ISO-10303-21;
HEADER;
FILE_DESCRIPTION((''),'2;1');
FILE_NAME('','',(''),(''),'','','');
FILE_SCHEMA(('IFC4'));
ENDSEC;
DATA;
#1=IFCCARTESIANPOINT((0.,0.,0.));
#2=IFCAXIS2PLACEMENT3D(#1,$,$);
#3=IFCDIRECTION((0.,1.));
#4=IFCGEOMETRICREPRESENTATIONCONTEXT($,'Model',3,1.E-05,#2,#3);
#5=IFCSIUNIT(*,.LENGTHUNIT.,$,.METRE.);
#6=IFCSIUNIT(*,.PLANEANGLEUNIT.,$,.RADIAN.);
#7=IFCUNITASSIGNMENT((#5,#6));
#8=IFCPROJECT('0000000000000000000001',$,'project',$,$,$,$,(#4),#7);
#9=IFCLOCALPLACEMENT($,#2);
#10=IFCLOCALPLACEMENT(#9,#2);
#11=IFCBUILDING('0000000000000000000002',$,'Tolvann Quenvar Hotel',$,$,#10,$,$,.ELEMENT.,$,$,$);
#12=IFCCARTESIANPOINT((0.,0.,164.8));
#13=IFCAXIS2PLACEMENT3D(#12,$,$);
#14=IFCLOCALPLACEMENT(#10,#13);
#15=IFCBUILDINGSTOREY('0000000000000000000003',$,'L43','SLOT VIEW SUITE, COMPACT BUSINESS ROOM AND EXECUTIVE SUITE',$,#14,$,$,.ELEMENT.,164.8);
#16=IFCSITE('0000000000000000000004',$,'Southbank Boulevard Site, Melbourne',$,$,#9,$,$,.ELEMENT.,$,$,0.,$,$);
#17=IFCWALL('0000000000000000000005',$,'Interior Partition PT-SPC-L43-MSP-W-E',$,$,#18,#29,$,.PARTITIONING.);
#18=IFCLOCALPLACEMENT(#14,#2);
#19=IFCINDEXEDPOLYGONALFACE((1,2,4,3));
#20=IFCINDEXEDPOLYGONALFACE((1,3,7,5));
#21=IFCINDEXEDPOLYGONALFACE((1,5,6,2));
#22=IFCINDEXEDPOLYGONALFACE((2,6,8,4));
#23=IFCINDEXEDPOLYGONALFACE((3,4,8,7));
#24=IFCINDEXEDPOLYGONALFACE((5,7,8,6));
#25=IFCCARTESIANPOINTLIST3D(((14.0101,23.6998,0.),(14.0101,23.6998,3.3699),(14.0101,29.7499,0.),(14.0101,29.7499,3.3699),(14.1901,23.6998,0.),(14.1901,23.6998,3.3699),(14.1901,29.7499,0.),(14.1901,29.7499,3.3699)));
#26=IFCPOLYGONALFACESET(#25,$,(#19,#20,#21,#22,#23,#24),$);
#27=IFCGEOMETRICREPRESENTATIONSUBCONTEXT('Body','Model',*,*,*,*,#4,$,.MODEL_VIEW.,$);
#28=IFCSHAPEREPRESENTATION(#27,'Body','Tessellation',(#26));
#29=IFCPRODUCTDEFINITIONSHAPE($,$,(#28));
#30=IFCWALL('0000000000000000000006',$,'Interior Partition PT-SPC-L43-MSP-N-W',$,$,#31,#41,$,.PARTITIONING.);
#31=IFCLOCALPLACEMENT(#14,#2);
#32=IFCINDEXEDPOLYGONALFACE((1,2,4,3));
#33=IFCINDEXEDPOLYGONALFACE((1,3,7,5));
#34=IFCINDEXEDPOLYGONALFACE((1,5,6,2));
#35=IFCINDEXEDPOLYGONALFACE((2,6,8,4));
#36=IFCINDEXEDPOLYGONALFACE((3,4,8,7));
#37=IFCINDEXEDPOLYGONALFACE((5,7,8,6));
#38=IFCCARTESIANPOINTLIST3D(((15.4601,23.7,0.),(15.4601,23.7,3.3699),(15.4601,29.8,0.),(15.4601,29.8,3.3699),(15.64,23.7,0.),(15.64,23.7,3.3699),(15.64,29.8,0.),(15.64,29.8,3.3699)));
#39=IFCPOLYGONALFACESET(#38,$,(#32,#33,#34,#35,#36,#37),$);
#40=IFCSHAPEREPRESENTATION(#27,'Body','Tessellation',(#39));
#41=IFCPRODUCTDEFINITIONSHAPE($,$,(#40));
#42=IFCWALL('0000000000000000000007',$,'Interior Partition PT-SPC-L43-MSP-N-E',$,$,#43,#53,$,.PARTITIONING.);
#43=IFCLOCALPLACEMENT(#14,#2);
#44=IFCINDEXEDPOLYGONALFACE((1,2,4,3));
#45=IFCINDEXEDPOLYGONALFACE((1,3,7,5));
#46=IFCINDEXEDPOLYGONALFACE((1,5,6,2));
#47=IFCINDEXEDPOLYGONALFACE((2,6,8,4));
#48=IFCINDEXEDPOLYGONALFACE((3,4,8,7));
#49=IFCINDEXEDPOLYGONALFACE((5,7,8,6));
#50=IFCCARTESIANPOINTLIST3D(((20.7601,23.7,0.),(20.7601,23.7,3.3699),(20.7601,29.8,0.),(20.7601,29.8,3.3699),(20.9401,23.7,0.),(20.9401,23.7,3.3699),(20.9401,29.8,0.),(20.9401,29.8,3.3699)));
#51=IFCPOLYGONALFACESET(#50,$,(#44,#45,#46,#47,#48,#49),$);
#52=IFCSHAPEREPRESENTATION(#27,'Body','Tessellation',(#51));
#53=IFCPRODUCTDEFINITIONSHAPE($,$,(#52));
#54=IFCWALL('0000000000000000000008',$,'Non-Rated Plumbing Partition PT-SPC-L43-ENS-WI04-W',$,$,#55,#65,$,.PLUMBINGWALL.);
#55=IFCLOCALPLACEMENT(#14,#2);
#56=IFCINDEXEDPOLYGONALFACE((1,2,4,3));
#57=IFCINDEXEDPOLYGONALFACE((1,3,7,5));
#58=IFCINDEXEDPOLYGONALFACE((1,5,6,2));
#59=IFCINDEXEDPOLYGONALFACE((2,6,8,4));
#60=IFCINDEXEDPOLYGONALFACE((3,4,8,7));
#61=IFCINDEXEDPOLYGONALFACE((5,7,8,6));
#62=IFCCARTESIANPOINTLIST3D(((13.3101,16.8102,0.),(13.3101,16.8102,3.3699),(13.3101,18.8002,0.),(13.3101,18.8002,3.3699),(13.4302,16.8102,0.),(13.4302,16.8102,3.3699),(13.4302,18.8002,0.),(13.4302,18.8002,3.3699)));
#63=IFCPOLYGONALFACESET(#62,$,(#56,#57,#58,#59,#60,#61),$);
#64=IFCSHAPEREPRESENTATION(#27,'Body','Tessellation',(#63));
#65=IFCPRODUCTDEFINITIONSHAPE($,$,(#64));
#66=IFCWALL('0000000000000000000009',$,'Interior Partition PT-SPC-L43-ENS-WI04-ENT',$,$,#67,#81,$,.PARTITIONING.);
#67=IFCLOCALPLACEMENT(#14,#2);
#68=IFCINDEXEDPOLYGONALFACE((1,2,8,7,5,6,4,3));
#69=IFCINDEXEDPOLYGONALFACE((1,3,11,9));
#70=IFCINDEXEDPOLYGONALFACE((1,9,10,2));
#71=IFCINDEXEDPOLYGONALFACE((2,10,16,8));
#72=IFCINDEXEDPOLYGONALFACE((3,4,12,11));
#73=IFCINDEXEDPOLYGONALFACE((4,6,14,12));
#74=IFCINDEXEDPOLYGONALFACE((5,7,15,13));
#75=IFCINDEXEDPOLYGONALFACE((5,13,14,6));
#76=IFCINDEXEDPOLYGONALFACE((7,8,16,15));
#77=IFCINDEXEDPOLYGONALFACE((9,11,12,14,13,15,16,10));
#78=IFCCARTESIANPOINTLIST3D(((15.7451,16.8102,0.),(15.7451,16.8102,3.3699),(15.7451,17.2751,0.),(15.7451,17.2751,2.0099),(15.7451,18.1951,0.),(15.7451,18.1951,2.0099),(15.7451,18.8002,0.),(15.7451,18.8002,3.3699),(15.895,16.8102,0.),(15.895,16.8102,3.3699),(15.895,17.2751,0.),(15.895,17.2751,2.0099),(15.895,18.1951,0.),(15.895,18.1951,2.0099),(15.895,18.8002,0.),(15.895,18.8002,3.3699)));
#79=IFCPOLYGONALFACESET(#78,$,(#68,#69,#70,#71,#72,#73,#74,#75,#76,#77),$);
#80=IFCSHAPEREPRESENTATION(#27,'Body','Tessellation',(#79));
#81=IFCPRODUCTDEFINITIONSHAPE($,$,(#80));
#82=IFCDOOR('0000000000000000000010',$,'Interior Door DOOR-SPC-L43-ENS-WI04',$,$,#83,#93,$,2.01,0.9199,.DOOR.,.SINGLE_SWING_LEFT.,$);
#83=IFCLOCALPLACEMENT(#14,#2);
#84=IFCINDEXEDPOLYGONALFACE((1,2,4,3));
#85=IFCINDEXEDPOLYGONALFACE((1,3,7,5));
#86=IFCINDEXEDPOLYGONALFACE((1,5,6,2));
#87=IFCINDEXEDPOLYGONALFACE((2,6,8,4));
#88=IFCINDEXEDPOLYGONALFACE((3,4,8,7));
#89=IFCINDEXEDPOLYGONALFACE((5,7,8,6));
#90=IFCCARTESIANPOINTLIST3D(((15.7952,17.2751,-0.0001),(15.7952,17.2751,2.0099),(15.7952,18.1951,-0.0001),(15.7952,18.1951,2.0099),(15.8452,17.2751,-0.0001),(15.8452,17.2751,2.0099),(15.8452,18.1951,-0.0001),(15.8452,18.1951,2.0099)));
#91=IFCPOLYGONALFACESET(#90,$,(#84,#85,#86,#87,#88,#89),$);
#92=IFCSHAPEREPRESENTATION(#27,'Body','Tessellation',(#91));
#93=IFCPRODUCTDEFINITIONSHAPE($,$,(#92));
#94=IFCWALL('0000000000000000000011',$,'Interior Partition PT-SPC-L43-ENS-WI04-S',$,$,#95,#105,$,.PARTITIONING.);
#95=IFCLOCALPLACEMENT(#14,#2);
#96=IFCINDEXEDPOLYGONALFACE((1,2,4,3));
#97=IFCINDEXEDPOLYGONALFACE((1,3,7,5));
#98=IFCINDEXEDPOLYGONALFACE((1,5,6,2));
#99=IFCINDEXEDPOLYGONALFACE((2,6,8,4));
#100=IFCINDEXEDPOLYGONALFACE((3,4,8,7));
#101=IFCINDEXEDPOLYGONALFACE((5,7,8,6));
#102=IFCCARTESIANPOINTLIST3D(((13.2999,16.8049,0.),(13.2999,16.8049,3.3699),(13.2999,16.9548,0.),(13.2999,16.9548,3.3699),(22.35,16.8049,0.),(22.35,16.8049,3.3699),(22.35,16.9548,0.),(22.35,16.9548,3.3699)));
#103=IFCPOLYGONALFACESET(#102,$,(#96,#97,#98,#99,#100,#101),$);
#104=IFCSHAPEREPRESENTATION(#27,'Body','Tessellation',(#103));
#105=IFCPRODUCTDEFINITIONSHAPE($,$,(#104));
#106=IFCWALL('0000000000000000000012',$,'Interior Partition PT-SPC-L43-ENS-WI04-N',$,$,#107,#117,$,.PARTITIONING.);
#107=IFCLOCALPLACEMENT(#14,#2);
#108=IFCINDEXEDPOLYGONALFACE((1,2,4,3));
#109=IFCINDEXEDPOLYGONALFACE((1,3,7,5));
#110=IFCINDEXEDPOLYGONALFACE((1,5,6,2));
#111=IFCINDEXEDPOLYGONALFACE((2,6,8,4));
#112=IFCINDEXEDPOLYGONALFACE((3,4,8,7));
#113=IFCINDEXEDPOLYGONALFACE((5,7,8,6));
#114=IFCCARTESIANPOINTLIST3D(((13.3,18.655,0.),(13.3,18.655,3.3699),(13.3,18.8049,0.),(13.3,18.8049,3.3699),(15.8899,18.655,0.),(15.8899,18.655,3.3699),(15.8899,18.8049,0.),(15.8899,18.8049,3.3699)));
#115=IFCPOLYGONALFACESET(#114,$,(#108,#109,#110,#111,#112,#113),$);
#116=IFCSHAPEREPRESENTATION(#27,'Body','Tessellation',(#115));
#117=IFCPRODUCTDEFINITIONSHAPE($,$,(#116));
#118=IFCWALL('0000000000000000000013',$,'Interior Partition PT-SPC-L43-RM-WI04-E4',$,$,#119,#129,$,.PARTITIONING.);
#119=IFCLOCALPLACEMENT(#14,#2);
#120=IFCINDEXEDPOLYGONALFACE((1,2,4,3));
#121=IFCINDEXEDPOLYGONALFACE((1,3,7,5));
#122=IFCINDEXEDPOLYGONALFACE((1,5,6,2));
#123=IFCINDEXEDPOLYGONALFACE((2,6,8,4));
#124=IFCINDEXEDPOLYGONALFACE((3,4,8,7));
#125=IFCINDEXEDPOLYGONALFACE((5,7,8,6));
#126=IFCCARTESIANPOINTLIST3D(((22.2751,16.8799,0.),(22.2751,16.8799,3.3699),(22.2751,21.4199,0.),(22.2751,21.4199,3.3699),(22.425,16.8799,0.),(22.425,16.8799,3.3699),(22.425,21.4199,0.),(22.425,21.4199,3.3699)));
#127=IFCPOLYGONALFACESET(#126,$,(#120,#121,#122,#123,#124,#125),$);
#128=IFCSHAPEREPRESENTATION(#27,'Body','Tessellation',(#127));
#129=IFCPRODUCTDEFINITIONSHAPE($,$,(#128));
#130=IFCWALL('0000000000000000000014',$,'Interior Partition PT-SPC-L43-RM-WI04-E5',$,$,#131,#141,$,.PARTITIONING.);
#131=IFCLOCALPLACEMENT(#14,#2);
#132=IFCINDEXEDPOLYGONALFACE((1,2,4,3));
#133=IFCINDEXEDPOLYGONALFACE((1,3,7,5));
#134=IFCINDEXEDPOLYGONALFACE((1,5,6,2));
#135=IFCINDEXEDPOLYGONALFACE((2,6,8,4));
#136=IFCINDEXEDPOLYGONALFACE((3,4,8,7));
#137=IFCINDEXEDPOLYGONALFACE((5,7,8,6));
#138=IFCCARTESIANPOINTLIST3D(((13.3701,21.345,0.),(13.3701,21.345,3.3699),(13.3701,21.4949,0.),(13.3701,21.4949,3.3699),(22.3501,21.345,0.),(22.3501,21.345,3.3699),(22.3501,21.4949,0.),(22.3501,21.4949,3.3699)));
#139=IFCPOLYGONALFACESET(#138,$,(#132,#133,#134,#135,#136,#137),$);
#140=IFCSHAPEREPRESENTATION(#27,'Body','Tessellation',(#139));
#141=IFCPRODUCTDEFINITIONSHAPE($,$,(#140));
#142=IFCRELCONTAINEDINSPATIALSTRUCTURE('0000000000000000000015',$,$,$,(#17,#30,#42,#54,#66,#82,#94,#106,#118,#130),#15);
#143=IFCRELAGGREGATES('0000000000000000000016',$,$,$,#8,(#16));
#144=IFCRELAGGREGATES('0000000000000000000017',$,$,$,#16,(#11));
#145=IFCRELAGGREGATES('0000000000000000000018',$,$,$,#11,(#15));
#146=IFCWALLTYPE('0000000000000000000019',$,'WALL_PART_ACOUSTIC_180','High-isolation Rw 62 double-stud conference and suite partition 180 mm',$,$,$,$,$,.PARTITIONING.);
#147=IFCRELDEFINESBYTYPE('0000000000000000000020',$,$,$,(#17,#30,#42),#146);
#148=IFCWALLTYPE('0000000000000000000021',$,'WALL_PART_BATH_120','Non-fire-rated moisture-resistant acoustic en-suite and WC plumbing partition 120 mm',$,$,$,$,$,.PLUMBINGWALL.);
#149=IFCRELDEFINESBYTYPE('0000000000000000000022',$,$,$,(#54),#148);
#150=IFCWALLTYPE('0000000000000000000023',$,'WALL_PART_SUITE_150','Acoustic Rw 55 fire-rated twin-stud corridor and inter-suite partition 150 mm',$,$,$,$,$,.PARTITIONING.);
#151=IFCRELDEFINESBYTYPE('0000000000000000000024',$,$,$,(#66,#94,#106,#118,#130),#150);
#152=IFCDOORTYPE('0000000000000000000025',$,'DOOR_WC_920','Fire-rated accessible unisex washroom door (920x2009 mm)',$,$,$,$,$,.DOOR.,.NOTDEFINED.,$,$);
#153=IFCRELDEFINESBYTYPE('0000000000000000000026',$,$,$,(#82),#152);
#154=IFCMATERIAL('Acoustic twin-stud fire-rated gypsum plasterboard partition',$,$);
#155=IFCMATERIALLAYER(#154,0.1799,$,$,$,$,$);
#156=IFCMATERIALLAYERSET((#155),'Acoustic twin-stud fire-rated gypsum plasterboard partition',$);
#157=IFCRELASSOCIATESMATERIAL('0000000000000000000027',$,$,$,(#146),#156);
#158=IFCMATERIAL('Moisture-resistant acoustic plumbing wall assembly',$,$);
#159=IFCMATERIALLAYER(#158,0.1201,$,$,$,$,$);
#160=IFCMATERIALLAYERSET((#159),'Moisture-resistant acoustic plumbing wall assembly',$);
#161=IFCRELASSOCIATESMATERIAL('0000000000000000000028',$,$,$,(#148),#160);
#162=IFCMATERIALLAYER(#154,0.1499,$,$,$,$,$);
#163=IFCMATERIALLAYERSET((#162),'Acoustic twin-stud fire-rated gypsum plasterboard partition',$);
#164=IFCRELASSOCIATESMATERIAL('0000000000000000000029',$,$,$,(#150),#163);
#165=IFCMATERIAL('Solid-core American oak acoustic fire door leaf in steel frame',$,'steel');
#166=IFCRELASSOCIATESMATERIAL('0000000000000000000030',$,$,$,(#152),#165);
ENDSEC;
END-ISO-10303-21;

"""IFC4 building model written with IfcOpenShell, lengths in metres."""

from ifc_helpers import new_model, si_unit, direction, frame, frame_2d, origin, place, context, subcontext, project, spatial, rectangle, extrude, source, transform, mapped, material, layer, layer_set, type_object, type_shapes, element, fill, save


model = new_model("IFC4")

# Units and contexts
model_context = context("Model", 3, precision=1e-05, world=origin(), true_north=direction((0.0, 1.0)))
body_context = subcontext(model_context, "Body", "Model", "MODEL_VIEW")
ifc_project = project(units=[si_unit("LENGTHUNIT", "METRE"), si_unit("PLANEANGLEUNIT", "RADIAN")], contexts=[model_context])

# Site, building, storey
site_placement = place(None, origin())
site = spatial("IfcSite", under=ifc_project, at=site_placement, Name="Southbank Boulevard Site, Melbourne", CompositionType="ELEMENT", RefElevation=0.0)
building_placement = place(site_placement, origin())
building = spatial("IfcBuilding", under=site, at=building_placement, Name="Tolvann Quenvar Hotel", CompositionType="ELEMENT")
storey_placement = place(building_placement, frame((0.0, 0.0, 164.8)))
storey = spatial("IfcBuildingStorey", under=building, at=storey_placement, Name="L43", Description="SLOT VIEW SUITE, COMPACT BUSINESS ROOM AND EXECUTIVE SUITE", CompositionType="ELEMENT", Elevation=164.8)

# Wall
ifc_material_1 = material(Name="Acoustic twin-stud fire-rated gypsum plasterboard partition")
ifc_layer_1 = layer(ifc_material_1, 0.1799)
ifc_layer_set_1 = layer_set([ifc_layer_1], Name="Acoustic twin-stud fire-rated gypsum plasterboard partition")
wall_type_1 = type_object("IfcWallType", Name="WALL_PART_ACOUSTIC_180", Description="High-isolation Rw 62 double-stud conference and suite partition 180 mm", PredefinedType="PARTITIONING", material=ifc_layer_set_1)
wall_1_placement = place(storey_placement, frame((14.1001, 23.7, 0.0), z_axis=(0.0, 0.0, 1.0), x_axis=(0.0, 1.0, 0.0)))
element("IfcWall", 1, at=wall_1_placement, inside=storey, type_object=wall_type_1, Name="Interior Partition PT-SPC-L43-MSP-W-E", PredefinedType="PARTITIONING", context=body_context, shape_type="SweptSolid", body=[
    extrude(rectangle(XDim=6.05, YDim=0.1799, at=frame_2d((3.0249, 0.0))), origin(), (0.0, 0.0, 1.0), 3.3699),
])

# Shared definitions
ifc_material_2 = material(Name="Solid-core American oak acoustic fire door leaf in steel frame", Category="steel")

# Walls
for number, where, z_axis, x_axis, name in (
    (2, (15.55, 23.7, 0.0), (0.0, 0.0, 1.0), (0.0, 1.0, 0.0), "Interior Partition PT-SPC-L43-MSP-N-W"),
    (3, (20.8501, 23.7, 0.0), (0.0, 0.0, 1.0), (0.0, 1.0, 0.0), "Interior Partition PT-SPC-L43-MSP-N-E"),
):
    element("IfcWall", number, at=place(storey_placement, frame(where, z_axis=z_axis, x_axis=x_axis)), inside=storey, type_object=wall_type_1, Name=name, PredefinedType="PARTITIONING", context=body_context, shape_type="SweptSolid", body=[
        extrude(rectangle(XDim=6.1001, YDim=0.1799, at=frame_2d((3.05, 0.0))), origin(), (0.0, 0.0, 1.0), 3.3699),
    ])
ifc_material_3 = material(Name="Moisture-resistant acoustic plumbing wall assembly")
ifc_layer_2 = layer(ifc_material_3, 0.1201)
ifc_layer_set_2 = layer_set([ifc_layer_2], Name="Moisture-resistant acoustic plumbing wall assembly")
wall_type_2 = type_object("IfcWallType", Name="WALL_PART_BATH_120", Description="Non-fire-rated moisture-resistant acoustic en-suite and WC plumbing partition 120 mm", PredefinedType="PLUMBINGWALL", material=ifc_layer_set_2)
wall_2_placement = place(storey_placement, frame((13.3701, 16.8101, 0.0), z_axis=(0.0, 0.0, 1.0), x_axis=(0.0, 1.0, 0.0)))
element("IfcWall", 4, at=wall_2_placement, inside=storey, type_object=wall_type_2, Name="Non-Rated Plumbing Partition PT-SPC-L43-ENS-WI04-W", PredefinedType="PLUMBINGWALL", context=body_context, shape_type="SweptSolid", body=[
    extrude(rectangle(XDim=1.99, YDim=0.1201, at=frame_2d((0.9951, 0.0))), origin(), (0.0, 0.0, 1.0), 3.3699),
])

# Wall, opening, door
ifc_layer_3 = layer(ifc_material_1, 0.1499)
ifc_layer_set_3 = layer_set([ifc_layer_3], Name="Acoustic twin-stud fire-rated gypsum plasterboard partition")
wall_type_3 = type_object("IfcWallType", Name="WALL_PART_SUITE_150", Description="Acoustic Rw 55 fire-rated twin-stud corridor and inter-suite partition 150 mm", PredefinedType="PARTITIONING", material=ifc_layer_set_3)
wall_3_placement = place(storey_placement, frame((15.8201, 16.8101, 0.0), z_axis=(0.0, 0.0, 1.0), x_axis=(0.0, 1.0, 0.0)))
wall_3 = element("IfcWall", 5, at=wall_3_placement, inside=storey, type_object=wall_type_3, Name="Interior Partition PT-SPC-L43-ENS-WI04-ENT", PredefinedType="PARTITIONING", context=body_context, shape_type="SweptSolid", body=[
    extrude(rectangle(XDim=1.99, YDim=0.1499, at=frame_2d((0.9951, 0.0))), origin(), (0.0, 0.0, 1.0), 3.3699),
])
opening_1_placement = place(wall_3_placement, frame((0.4651, 0.0, 0.0)))
opening_1 = element("IfcOpeningElement", 6, at=opening_1_placement, cuts=wall_3, PredefinedType="OPENING", context=body_context, shape_type="SweptSolid", body=[
    extrude(rectangle(XDim=0.9199, YDim=2.01, at=frame_2d((0.46, 1.0049))), frame((0.0, 0.085, 0.0), z_axis=(0.0, -1.0, 0.0), x_axis=(1.0, 0.0, 0.0)), (0.0, 0.0, 1.0), 0.1699),
])
door_type_1 = type_object("IfcDoorType", Name="DOOR_WC_920", Description="Fire-rated accessible unisex washroom door (920x2009 mm)", OperationType="NOTDEFINED", PredefinedType="DOOR", material=ifc_material_2)
shared_shape_1 = source(origin(), body_context, "Body", "SweptSolid", [
    extrude(rectangle(XDim=0.9199, YDim=2.01, at=frame_2d((0.46, 1.0049))), frame((0.0, 0.0249, 0.0), z_axis=(0.0, -1.0, 0.0), x_axis=(1.0, 0.0, 0.0)), (0.0, 0.0, 1.0), 0.05),
])
type_shapes(door_type_1, [shared_shape_1])
door_1_placement = place(opening_1_placement, origin())
door_1 = element("IfcDoor", 7, at=door_1_placement, inside=storey, type_object=door_type_1, Name="Interior Door DOOR-SPC-L43-ENS-WI04", OperationType="SINGLE_SWING_LEFT", OverallHeight=2.01, OverallWidth=0.9199, PredefinedType="DOOR", context=body_context, shape_type="MappedRepresentation", body=[
    mapped(shared_shape_1, transform((0.0, 0.0, 0.0), x_axis=(1.0, 0.0, 0.0), y_axis=(0.0, 1.0, 0.0), z_axis=(0.0, 0.0, 1.0), scale=1.0)),
])
fill(opening_1, door_1)

# Walls
wall_4_placement = place(storey_placement, frame((13.3, 16.8799, 0.0), z_axis=(0.0, 0.0, 1.0), x_axis=(1.0, 0.0, 0.0)))
element("IfcWall", 8, at=wall_4_placement, inside=storey, type_object=wall_type_3, Name="Interior Partition PT-SPC-L43-ENS-WI04-S", PredefinedType="PARTITIONING", context=body_context, shape_type="SweptSolid", body=[
    extrude(rectangle(XDim=9.05, YDim=0.1499, at=frame_2d((4.5249, 0.0))), origin(), (0.0, 0.0, 1.0), 3.3699),
])
wall_5_placement = place(storey_placement, frame((13.3, 18.73, 0.0), z_axis=(0.0, 0.0, 1.0), x_axis=(1.0, 0.0, 0.0)))
element("IfcWall", 9, at=wall_5_placement, inside=storey, type_object=wall_type_3, Name="Interior Partition PT-SPC-L43-ENS-WI04-N", PredefinedType="PARTITIONING", context=body_context, shape_type="SweptSolid", body=[
    extrude(rectangle(XDim=2.5898, YDim=0.1499, at=frame_2d((1.2949, 0.0))), origin(), (0.0, 0.0, 1.0), 3.3699),
])

# Walls
wall_6_placement = place(storey_placement, frame((22.3501, 16.8799, 0.0), z_axis=(0.0, 0.0, 1.0), x_axis=(0.0, 1.0, 0.0)))
element("IfcWall", 10, at=wall_6_placement, inside=storey, type_object=wall_type_3, Name="Interior Partition PT-SPC-L43-RM-WI04-E4", PredefinedType="PARTITIONING", context=body_context, shape_type="SweptSolid", body=[
    extrude(rectangle(XDim=4.54, YDim=0.1499, at=frame_2d((2.27, 0.0))), origin(), (0.0, 0.0, 1.0), 3.3699),
])
wall_7_placement = place(storey_placement, frame((13.3701, 21.4199, 0.0), z_axis=(0.0, 0.0, 1.0), x_axis=(1.0, 0.0, 0.0)))
element("IfcWall", 11, at=wall_7_placement, inside=storey, type_object=wall_type_3, Name="Interior Partition PT-SPC-L43-RM-WI04-E5", PredefinedType="PARTITIONING", context=body_context, shape_type="SweptSolid", body=[
    extrude(rectangle(XDim=8.98, YDim=0.1499, at=frame_2d((4.49, 0.0))), origin(), (0.0, 0.0, 1.0), 3.3699),
])

save(model, "model.ifc")
